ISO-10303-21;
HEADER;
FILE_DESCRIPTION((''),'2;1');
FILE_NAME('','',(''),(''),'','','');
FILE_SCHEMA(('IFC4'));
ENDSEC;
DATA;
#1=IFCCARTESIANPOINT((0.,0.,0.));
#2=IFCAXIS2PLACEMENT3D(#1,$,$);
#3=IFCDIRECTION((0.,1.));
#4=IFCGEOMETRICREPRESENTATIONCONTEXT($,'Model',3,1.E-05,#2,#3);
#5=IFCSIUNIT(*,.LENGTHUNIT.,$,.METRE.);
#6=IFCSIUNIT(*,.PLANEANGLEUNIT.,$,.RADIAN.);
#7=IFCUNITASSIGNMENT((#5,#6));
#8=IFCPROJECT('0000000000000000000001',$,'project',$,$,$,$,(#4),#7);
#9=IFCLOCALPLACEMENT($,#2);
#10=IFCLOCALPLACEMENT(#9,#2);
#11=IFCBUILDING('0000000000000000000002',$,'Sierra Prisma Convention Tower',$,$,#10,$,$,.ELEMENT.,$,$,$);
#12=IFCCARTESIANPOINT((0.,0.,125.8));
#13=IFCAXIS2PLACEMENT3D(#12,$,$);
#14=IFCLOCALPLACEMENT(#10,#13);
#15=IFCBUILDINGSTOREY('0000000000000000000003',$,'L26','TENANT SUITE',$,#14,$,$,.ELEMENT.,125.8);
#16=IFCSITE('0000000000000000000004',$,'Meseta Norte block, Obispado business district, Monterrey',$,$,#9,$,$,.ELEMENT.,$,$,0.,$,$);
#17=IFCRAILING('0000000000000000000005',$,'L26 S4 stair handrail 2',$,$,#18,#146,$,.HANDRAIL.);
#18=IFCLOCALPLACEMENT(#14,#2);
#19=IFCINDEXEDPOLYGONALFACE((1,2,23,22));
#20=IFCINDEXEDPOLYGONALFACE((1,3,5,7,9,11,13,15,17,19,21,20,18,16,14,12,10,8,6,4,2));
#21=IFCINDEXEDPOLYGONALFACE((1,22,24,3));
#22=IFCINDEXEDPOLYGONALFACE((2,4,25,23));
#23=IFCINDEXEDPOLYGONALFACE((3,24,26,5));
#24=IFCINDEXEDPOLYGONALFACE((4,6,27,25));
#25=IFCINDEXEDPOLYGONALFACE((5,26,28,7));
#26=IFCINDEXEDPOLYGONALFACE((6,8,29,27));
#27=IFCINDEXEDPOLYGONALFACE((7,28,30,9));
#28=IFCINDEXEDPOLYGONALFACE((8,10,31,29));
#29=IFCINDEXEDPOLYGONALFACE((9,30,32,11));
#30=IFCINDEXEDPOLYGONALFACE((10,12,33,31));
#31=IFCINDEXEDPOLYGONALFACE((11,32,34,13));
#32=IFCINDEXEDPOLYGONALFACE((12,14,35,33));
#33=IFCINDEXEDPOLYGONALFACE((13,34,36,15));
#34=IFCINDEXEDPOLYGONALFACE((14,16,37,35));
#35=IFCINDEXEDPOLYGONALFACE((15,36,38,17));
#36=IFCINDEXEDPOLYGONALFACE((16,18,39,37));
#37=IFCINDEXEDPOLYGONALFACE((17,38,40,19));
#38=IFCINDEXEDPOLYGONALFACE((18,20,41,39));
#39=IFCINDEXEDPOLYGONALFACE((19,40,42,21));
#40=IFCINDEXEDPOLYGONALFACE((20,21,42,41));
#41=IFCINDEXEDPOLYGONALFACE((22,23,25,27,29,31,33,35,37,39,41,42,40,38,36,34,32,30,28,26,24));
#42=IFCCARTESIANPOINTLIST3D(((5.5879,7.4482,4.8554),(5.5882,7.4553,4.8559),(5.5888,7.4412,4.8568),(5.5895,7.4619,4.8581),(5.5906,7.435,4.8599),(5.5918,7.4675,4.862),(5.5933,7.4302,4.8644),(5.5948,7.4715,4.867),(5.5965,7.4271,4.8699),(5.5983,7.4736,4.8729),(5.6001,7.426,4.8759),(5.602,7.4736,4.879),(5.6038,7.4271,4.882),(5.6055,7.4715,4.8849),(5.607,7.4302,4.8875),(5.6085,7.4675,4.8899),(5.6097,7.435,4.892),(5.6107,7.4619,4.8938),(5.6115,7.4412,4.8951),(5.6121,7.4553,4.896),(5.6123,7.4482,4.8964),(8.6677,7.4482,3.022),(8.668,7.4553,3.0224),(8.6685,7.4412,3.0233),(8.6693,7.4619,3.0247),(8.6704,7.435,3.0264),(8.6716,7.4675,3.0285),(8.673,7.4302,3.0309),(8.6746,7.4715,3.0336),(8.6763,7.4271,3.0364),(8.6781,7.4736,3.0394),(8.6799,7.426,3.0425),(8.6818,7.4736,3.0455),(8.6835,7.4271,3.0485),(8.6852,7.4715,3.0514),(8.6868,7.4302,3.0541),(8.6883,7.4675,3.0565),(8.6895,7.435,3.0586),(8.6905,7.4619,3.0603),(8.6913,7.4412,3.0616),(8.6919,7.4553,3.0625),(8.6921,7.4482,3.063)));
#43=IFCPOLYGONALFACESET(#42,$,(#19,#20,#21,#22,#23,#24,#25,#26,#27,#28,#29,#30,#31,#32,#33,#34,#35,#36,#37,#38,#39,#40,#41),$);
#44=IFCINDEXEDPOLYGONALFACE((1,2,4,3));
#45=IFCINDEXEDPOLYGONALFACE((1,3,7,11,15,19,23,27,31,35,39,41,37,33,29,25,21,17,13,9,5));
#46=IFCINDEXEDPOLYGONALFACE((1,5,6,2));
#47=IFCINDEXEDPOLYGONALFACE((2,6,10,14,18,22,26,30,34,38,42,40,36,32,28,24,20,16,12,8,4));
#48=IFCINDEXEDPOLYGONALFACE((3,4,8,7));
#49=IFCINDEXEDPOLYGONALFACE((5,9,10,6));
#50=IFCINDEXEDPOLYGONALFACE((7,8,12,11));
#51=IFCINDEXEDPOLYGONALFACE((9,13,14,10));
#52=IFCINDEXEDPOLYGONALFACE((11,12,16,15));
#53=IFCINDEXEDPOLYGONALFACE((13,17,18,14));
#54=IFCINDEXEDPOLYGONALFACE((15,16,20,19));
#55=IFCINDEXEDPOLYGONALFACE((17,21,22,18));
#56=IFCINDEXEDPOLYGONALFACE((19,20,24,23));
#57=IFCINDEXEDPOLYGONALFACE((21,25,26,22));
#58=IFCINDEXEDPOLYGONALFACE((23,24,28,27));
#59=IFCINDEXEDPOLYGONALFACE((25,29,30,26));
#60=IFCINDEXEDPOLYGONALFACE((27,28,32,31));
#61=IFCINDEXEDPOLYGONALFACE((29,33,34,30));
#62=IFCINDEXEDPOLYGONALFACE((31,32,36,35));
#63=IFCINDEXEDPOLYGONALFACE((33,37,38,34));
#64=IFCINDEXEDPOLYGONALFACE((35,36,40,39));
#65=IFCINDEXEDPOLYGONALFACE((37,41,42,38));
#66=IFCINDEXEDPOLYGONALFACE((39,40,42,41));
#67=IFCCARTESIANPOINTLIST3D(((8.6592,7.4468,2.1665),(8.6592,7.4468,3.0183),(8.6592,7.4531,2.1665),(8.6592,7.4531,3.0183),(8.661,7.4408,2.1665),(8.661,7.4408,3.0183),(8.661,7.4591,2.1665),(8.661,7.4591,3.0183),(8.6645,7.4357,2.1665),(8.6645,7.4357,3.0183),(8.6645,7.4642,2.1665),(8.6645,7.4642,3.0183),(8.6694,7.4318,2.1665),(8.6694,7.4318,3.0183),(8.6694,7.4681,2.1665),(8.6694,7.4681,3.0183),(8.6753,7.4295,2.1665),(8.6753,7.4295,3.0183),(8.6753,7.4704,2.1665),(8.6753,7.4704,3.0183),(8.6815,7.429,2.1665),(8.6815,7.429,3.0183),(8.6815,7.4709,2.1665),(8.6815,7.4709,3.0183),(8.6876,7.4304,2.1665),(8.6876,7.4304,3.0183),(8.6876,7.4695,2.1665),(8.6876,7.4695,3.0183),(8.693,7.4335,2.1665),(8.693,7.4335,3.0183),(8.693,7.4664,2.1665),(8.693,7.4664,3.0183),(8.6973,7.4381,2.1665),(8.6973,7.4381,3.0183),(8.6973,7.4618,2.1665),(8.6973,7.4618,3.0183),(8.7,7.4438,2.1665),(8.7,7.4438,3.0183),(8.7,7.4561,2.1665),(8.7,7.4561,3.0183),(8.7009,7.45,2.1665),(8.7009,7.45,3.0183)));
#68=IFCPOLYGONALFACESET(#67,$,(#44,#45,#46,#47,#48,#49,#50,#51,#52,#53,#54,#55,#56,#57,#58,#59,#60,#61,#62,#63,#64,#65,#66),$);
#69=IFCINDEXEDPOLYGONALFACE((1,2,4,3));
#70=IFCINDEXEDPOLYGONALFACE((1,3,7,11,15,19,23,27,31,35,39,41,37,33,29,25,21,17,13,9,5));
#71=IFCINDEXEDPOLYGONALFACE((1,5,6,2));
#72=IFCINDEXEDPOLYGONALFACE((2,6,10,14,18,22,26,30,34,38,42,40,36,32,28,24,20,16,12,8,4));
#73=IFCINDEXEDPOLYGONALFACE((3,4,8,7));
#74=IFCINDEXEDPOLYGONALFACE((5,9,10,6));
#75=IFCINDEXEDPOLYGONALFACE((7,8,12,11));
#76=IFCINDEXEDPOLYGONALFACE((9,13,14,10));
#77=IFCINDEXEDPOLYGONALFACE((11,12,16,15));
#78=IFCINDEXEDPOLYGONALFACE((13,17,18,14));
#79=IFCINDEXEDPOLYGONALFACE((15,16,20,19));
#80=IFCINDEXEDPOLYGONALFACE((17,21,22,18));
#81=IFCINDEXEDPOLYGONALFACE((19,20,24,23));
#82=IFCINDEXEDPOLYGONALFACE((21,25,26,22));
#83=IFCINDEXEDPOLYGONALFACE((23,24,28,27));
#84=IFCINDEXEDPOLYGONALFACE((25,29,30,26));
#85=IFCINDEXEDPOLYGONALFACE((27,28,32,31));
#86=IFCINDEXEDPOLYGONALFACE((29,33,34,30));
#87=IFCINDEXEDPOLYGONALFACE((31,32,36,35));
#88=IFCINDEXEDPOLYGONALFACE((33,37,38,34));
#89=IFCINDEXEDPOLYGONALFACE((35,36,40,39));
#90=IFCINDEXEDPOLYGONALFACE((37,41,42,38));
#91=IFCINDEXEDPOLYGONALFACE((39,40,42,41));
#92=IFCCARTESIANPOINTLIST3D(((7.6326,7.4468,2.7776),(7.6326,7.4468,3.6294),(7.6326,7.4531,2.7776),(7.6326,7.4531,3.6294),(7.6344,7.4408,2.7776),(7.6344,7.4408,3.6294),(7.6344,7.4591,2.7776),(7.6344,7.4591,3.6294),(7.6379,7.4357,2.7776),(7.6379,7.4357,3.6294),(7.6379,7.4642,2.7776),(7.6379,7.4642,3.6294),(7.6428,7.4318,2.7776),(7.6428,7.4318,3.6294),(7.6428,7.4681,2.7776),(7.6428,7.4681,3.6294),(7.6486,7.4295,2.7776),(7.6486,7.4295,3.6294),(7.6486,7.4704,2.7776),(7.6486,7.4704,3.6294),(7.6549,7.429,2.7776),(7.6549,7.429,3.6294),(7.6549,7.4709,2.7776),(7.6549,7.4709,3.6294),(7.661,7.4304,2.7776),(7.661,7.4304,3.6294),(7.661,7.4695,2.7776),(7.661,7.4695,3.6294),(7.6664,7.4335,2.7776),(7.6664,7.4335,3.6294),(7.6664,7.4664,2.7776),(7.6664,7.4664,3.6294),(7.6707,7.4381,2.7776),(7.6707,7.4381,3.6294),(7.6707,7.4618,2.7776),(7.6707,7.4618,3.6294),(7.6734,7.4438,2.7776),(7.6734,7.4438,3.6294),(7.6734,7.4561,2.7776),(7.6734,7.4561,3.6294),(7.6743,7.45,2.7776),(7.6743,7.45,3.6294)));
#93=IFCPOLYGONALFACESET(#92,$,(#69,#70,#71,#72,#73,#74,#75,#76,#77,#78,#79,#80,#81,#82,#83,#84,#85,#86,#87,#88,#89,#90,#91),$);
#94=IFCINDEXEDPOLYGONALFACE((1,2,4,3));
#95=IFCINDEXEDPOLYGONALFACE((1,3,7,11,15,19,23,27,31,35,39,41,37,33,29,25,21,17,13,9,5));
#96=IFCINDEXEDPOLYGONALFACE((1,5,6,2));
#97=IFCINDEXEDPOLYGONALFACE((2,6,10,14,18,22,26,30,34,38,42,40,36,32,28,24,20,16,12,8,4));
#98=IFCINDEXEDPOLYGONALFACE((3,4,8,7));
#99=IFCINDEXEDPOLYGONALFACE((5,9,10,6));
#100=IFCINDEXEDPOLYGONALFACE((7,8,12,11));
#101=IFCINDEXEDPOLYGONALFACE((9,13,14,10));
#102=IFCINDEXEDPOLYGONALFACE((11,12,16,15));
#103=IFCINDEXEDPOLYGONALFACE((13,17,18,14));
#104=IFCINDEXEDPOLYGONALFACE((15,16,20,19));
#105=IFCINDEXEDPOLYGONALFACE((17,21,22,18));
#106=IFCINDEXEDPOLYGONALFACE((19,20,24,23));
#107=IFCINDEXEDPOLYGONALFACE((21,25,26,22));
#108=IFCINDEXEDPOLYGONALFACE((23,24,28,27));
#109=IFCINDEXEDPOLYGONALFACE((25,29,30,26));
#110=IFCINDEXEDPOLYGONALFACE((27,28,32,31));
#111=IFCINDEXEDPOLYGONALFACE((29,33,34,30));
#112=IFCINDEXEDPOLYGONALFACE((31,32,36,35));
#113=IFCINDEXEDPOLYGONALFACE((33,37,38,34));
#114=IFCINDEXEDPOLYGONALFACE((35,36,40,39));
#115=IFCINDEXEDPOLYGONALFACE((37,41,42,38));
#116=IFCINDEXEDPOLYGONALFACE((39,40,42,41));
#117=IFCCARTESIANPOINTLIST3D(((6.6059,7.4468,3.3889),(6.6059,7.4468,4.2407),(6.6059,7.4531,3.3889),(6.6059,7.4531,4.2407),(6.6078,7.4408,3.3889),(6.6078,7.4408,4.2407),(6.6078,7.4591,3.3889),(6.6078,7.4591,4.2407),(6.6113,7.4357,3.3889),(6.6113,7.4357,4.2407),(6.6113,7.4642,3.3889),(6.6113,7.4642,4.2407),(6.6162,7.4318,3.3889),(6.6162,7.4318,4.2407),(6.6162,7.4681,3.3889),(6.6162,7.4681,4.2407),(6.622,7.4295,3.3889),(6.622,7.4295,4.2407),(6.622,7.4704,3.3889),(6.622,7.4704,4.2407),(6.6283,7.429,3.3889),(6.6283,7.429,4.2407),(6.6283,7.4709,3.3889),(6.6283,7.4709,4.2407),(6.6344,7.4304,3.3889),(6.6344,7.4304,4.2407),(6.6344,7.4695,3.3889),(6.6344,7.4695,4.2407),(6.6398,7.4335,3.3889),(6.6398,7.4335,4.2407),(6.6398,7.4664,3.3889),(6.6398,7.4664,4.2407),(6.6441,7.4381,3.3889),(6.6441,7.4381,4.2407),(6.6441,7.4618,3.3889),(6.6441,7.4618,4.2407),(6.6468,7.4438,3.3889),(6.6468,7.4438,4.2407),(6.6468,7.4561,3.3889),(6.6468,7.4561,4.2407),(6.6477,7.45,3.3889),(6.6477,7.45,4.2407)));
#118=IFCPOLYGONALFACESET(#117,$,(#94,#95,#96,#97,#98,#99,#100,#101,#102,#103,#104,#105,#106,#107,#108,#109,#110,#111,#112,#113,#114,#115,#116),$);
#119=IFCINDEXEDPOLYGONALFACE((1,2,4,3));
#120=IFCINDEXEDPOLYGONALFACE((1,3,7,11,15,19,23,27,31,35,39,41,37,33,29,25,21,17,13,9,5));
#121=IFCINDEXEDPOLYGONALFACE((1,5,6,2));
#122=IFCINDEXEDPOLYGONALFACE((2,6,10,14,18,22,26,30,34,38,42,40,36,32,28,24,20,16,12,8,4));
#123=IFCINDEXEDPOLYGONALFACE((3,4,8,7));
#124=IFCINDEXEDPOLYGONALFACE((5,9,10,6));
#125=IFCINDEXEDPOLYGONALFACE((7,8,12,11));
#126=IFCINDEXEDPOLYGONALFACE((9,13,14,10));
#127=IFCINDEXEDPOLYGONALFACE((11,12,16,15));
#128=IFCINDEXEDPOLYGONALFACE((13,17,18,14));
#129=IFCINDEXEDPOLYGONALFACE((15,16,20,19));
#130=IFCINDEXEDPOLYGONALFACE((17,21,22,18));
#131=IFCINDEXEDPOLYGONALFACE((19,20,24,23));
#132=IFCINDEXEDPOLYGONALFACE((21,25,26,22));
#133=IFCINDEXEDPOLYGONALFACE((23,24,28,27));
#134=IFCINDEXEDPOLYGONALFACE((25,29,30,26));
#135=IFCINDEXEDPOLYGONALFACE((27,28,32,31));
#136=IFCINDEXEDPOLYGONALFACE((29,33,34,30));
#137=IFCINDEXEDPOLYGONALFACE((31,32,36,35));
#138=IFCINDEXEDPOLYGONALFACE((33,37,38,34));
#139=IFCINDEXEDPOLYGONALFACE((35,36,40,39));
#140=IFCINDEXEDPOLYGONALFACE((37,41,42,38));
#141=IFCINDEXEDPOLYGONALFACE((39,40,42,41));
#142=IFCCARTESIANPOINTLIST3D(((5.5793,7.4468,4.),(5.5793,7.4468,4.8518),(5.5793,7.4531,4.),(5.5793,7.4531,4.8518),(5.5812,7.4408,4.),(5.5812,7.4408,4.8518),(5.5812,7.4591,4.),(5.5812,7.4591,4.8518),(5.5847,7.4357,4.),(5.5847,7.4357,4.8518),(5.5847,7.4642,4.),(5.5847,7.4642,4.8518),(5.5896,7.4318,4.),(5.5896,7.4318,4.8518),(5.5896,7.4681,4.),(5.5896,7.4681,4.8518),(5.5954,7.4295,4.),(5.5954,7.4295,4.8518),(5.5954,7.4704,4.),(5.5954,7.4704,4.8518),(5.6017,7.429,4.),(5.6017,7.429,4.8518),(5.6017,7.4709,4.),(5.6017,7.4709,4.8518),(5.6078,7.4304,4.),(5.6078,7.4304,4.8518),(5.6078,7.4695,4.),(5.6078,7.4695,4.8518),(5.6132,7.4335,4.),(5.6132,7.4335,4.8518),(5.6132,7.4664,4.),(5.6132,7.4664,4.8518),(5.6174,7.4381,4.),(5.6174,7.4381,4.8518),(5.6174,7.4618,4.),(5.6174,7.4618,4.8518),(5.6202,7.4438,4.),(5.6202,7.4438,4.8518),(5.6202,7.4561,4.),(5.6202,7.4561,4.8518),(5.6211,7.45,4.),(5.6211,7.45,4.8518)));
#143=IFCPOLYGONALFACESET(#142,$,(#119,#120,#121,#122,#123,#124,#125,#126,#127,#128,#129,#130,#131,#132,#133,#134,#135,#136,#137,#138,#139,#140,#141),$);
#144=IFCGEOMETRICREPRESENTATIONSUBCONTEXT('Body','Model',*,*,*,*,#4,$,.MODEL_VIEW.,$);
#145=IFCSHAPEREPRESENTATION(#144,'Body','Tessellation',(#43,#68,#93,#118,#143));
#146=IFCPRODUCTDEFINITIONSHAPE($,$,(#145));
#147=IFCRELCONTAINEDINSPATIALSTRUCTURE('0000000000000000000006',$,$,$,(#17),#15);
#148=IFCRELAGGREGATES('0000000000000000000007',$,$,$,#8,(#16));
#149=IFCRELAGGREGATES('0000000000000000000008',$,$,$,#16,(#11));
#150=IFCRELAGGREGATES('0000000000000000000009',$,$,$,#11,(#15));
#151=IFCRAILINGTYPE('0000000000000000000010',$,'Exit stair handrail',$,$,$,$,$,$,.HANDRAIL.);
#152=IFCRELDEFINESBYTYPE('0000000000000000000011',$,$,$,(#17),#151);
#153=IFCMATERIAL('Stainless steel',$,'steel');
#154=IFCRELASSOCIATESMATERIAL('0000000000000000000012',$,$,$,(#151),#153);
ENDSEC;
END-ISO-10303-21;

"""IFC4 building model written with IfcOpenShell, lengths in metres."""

from ifc_helpers import new_model, si_unit, direction, frame, origin, origin_2d, place, context, subcontext, project, spatial, circle, extrude, material, type_object, element, save


model = new_model("IFC4")

# Units and contexts
model_context = context("Model", 3, precision=1e-05, world=origin(), true_north=direction((0.0, 1.0)))
body_context = subcontext(model_context, "Body", "Model", "MODEL_VIEW")
ifc_project = project(units=[si_unit("LENGTHUNIT", "METRE"), si_unit("PLANEANGLEUNIT", "RADIAN")], contexts=[model_context])

# Site, building, storey
site_placement = place(None, origin())
site = spatial("IfcSite", under=ifc_project, at=site_placement, Name="Meseta Norte block, Obispado business district, Monterrey", CompositionType="ELEMENT", RefElevation=0.0)
building_placement = place(site_placement, origin())
building = spatial("IfcBuilding", under=site, at=building_placement, Name="Sierra Prisma Convention Tower", CompositionType="ELEMENT")
storey_placement = place(building_placement, frame((0.0, 0.0, 125.8)))
storey = spatial("IfcBuildingStorey", under=building, at=storey_placement, Name="L26", Description="TENANT SUITE", CompositionType="ELEMENT", Elevation=125.8)

# Railing
ifc_material_1 = material(Name="Stainless steel", Category="steel")
railing_type_1 = type_object("IfcRailingType", Name="Exit stair handrail", PredefinedType="HANDRAIL", material=ifc_material_1)
railing_1_placement = place(storey_placement, frame((8.6799, 7.45, 2.1665)))
element("IfcRailing", 1, at=railing_1_placement, inside=storey, type_object=railing_type_1, Name="L26 S4 stair handrail 2", PredefinedType="HANDRAIL", context=body_context, shape_type="SweptSolid", body=[
    extrude(circle(Radius=0.0239, at=origin_2d()), frame((0.0, 0.0, 0.876), z_axis=(-0.859261, 0.0, 0.511538), x_axis=(0.0, -1.0, 0.0)), (0.0, 0.0, 1.0), 3.5842),
    extrude(circle(Radius=0.021, at=origin_2d()), origin(), (0.0, 0.0, 1.0), 0.8518),
    extrude(circle(Radius=0.021, at=origin_2d()), frame((-1.0266, 0.0, 0.6111)), (0.0, 0.0, 1.0), 0.8518),
    extrude(circle(Radius=0.021, at=origin_2d()), frame((-2.0532, 0.0, 1.2224)), (0.0, 0.0, 1.0), 0.8518),
    extrude(circle(Radius=0.021, at=origin_2d()), frame((-3.0798, 0.0, 1.8335)), (0.0, 0.0, 1.0), 0.8518),
])

save(model, "model.ifc")
